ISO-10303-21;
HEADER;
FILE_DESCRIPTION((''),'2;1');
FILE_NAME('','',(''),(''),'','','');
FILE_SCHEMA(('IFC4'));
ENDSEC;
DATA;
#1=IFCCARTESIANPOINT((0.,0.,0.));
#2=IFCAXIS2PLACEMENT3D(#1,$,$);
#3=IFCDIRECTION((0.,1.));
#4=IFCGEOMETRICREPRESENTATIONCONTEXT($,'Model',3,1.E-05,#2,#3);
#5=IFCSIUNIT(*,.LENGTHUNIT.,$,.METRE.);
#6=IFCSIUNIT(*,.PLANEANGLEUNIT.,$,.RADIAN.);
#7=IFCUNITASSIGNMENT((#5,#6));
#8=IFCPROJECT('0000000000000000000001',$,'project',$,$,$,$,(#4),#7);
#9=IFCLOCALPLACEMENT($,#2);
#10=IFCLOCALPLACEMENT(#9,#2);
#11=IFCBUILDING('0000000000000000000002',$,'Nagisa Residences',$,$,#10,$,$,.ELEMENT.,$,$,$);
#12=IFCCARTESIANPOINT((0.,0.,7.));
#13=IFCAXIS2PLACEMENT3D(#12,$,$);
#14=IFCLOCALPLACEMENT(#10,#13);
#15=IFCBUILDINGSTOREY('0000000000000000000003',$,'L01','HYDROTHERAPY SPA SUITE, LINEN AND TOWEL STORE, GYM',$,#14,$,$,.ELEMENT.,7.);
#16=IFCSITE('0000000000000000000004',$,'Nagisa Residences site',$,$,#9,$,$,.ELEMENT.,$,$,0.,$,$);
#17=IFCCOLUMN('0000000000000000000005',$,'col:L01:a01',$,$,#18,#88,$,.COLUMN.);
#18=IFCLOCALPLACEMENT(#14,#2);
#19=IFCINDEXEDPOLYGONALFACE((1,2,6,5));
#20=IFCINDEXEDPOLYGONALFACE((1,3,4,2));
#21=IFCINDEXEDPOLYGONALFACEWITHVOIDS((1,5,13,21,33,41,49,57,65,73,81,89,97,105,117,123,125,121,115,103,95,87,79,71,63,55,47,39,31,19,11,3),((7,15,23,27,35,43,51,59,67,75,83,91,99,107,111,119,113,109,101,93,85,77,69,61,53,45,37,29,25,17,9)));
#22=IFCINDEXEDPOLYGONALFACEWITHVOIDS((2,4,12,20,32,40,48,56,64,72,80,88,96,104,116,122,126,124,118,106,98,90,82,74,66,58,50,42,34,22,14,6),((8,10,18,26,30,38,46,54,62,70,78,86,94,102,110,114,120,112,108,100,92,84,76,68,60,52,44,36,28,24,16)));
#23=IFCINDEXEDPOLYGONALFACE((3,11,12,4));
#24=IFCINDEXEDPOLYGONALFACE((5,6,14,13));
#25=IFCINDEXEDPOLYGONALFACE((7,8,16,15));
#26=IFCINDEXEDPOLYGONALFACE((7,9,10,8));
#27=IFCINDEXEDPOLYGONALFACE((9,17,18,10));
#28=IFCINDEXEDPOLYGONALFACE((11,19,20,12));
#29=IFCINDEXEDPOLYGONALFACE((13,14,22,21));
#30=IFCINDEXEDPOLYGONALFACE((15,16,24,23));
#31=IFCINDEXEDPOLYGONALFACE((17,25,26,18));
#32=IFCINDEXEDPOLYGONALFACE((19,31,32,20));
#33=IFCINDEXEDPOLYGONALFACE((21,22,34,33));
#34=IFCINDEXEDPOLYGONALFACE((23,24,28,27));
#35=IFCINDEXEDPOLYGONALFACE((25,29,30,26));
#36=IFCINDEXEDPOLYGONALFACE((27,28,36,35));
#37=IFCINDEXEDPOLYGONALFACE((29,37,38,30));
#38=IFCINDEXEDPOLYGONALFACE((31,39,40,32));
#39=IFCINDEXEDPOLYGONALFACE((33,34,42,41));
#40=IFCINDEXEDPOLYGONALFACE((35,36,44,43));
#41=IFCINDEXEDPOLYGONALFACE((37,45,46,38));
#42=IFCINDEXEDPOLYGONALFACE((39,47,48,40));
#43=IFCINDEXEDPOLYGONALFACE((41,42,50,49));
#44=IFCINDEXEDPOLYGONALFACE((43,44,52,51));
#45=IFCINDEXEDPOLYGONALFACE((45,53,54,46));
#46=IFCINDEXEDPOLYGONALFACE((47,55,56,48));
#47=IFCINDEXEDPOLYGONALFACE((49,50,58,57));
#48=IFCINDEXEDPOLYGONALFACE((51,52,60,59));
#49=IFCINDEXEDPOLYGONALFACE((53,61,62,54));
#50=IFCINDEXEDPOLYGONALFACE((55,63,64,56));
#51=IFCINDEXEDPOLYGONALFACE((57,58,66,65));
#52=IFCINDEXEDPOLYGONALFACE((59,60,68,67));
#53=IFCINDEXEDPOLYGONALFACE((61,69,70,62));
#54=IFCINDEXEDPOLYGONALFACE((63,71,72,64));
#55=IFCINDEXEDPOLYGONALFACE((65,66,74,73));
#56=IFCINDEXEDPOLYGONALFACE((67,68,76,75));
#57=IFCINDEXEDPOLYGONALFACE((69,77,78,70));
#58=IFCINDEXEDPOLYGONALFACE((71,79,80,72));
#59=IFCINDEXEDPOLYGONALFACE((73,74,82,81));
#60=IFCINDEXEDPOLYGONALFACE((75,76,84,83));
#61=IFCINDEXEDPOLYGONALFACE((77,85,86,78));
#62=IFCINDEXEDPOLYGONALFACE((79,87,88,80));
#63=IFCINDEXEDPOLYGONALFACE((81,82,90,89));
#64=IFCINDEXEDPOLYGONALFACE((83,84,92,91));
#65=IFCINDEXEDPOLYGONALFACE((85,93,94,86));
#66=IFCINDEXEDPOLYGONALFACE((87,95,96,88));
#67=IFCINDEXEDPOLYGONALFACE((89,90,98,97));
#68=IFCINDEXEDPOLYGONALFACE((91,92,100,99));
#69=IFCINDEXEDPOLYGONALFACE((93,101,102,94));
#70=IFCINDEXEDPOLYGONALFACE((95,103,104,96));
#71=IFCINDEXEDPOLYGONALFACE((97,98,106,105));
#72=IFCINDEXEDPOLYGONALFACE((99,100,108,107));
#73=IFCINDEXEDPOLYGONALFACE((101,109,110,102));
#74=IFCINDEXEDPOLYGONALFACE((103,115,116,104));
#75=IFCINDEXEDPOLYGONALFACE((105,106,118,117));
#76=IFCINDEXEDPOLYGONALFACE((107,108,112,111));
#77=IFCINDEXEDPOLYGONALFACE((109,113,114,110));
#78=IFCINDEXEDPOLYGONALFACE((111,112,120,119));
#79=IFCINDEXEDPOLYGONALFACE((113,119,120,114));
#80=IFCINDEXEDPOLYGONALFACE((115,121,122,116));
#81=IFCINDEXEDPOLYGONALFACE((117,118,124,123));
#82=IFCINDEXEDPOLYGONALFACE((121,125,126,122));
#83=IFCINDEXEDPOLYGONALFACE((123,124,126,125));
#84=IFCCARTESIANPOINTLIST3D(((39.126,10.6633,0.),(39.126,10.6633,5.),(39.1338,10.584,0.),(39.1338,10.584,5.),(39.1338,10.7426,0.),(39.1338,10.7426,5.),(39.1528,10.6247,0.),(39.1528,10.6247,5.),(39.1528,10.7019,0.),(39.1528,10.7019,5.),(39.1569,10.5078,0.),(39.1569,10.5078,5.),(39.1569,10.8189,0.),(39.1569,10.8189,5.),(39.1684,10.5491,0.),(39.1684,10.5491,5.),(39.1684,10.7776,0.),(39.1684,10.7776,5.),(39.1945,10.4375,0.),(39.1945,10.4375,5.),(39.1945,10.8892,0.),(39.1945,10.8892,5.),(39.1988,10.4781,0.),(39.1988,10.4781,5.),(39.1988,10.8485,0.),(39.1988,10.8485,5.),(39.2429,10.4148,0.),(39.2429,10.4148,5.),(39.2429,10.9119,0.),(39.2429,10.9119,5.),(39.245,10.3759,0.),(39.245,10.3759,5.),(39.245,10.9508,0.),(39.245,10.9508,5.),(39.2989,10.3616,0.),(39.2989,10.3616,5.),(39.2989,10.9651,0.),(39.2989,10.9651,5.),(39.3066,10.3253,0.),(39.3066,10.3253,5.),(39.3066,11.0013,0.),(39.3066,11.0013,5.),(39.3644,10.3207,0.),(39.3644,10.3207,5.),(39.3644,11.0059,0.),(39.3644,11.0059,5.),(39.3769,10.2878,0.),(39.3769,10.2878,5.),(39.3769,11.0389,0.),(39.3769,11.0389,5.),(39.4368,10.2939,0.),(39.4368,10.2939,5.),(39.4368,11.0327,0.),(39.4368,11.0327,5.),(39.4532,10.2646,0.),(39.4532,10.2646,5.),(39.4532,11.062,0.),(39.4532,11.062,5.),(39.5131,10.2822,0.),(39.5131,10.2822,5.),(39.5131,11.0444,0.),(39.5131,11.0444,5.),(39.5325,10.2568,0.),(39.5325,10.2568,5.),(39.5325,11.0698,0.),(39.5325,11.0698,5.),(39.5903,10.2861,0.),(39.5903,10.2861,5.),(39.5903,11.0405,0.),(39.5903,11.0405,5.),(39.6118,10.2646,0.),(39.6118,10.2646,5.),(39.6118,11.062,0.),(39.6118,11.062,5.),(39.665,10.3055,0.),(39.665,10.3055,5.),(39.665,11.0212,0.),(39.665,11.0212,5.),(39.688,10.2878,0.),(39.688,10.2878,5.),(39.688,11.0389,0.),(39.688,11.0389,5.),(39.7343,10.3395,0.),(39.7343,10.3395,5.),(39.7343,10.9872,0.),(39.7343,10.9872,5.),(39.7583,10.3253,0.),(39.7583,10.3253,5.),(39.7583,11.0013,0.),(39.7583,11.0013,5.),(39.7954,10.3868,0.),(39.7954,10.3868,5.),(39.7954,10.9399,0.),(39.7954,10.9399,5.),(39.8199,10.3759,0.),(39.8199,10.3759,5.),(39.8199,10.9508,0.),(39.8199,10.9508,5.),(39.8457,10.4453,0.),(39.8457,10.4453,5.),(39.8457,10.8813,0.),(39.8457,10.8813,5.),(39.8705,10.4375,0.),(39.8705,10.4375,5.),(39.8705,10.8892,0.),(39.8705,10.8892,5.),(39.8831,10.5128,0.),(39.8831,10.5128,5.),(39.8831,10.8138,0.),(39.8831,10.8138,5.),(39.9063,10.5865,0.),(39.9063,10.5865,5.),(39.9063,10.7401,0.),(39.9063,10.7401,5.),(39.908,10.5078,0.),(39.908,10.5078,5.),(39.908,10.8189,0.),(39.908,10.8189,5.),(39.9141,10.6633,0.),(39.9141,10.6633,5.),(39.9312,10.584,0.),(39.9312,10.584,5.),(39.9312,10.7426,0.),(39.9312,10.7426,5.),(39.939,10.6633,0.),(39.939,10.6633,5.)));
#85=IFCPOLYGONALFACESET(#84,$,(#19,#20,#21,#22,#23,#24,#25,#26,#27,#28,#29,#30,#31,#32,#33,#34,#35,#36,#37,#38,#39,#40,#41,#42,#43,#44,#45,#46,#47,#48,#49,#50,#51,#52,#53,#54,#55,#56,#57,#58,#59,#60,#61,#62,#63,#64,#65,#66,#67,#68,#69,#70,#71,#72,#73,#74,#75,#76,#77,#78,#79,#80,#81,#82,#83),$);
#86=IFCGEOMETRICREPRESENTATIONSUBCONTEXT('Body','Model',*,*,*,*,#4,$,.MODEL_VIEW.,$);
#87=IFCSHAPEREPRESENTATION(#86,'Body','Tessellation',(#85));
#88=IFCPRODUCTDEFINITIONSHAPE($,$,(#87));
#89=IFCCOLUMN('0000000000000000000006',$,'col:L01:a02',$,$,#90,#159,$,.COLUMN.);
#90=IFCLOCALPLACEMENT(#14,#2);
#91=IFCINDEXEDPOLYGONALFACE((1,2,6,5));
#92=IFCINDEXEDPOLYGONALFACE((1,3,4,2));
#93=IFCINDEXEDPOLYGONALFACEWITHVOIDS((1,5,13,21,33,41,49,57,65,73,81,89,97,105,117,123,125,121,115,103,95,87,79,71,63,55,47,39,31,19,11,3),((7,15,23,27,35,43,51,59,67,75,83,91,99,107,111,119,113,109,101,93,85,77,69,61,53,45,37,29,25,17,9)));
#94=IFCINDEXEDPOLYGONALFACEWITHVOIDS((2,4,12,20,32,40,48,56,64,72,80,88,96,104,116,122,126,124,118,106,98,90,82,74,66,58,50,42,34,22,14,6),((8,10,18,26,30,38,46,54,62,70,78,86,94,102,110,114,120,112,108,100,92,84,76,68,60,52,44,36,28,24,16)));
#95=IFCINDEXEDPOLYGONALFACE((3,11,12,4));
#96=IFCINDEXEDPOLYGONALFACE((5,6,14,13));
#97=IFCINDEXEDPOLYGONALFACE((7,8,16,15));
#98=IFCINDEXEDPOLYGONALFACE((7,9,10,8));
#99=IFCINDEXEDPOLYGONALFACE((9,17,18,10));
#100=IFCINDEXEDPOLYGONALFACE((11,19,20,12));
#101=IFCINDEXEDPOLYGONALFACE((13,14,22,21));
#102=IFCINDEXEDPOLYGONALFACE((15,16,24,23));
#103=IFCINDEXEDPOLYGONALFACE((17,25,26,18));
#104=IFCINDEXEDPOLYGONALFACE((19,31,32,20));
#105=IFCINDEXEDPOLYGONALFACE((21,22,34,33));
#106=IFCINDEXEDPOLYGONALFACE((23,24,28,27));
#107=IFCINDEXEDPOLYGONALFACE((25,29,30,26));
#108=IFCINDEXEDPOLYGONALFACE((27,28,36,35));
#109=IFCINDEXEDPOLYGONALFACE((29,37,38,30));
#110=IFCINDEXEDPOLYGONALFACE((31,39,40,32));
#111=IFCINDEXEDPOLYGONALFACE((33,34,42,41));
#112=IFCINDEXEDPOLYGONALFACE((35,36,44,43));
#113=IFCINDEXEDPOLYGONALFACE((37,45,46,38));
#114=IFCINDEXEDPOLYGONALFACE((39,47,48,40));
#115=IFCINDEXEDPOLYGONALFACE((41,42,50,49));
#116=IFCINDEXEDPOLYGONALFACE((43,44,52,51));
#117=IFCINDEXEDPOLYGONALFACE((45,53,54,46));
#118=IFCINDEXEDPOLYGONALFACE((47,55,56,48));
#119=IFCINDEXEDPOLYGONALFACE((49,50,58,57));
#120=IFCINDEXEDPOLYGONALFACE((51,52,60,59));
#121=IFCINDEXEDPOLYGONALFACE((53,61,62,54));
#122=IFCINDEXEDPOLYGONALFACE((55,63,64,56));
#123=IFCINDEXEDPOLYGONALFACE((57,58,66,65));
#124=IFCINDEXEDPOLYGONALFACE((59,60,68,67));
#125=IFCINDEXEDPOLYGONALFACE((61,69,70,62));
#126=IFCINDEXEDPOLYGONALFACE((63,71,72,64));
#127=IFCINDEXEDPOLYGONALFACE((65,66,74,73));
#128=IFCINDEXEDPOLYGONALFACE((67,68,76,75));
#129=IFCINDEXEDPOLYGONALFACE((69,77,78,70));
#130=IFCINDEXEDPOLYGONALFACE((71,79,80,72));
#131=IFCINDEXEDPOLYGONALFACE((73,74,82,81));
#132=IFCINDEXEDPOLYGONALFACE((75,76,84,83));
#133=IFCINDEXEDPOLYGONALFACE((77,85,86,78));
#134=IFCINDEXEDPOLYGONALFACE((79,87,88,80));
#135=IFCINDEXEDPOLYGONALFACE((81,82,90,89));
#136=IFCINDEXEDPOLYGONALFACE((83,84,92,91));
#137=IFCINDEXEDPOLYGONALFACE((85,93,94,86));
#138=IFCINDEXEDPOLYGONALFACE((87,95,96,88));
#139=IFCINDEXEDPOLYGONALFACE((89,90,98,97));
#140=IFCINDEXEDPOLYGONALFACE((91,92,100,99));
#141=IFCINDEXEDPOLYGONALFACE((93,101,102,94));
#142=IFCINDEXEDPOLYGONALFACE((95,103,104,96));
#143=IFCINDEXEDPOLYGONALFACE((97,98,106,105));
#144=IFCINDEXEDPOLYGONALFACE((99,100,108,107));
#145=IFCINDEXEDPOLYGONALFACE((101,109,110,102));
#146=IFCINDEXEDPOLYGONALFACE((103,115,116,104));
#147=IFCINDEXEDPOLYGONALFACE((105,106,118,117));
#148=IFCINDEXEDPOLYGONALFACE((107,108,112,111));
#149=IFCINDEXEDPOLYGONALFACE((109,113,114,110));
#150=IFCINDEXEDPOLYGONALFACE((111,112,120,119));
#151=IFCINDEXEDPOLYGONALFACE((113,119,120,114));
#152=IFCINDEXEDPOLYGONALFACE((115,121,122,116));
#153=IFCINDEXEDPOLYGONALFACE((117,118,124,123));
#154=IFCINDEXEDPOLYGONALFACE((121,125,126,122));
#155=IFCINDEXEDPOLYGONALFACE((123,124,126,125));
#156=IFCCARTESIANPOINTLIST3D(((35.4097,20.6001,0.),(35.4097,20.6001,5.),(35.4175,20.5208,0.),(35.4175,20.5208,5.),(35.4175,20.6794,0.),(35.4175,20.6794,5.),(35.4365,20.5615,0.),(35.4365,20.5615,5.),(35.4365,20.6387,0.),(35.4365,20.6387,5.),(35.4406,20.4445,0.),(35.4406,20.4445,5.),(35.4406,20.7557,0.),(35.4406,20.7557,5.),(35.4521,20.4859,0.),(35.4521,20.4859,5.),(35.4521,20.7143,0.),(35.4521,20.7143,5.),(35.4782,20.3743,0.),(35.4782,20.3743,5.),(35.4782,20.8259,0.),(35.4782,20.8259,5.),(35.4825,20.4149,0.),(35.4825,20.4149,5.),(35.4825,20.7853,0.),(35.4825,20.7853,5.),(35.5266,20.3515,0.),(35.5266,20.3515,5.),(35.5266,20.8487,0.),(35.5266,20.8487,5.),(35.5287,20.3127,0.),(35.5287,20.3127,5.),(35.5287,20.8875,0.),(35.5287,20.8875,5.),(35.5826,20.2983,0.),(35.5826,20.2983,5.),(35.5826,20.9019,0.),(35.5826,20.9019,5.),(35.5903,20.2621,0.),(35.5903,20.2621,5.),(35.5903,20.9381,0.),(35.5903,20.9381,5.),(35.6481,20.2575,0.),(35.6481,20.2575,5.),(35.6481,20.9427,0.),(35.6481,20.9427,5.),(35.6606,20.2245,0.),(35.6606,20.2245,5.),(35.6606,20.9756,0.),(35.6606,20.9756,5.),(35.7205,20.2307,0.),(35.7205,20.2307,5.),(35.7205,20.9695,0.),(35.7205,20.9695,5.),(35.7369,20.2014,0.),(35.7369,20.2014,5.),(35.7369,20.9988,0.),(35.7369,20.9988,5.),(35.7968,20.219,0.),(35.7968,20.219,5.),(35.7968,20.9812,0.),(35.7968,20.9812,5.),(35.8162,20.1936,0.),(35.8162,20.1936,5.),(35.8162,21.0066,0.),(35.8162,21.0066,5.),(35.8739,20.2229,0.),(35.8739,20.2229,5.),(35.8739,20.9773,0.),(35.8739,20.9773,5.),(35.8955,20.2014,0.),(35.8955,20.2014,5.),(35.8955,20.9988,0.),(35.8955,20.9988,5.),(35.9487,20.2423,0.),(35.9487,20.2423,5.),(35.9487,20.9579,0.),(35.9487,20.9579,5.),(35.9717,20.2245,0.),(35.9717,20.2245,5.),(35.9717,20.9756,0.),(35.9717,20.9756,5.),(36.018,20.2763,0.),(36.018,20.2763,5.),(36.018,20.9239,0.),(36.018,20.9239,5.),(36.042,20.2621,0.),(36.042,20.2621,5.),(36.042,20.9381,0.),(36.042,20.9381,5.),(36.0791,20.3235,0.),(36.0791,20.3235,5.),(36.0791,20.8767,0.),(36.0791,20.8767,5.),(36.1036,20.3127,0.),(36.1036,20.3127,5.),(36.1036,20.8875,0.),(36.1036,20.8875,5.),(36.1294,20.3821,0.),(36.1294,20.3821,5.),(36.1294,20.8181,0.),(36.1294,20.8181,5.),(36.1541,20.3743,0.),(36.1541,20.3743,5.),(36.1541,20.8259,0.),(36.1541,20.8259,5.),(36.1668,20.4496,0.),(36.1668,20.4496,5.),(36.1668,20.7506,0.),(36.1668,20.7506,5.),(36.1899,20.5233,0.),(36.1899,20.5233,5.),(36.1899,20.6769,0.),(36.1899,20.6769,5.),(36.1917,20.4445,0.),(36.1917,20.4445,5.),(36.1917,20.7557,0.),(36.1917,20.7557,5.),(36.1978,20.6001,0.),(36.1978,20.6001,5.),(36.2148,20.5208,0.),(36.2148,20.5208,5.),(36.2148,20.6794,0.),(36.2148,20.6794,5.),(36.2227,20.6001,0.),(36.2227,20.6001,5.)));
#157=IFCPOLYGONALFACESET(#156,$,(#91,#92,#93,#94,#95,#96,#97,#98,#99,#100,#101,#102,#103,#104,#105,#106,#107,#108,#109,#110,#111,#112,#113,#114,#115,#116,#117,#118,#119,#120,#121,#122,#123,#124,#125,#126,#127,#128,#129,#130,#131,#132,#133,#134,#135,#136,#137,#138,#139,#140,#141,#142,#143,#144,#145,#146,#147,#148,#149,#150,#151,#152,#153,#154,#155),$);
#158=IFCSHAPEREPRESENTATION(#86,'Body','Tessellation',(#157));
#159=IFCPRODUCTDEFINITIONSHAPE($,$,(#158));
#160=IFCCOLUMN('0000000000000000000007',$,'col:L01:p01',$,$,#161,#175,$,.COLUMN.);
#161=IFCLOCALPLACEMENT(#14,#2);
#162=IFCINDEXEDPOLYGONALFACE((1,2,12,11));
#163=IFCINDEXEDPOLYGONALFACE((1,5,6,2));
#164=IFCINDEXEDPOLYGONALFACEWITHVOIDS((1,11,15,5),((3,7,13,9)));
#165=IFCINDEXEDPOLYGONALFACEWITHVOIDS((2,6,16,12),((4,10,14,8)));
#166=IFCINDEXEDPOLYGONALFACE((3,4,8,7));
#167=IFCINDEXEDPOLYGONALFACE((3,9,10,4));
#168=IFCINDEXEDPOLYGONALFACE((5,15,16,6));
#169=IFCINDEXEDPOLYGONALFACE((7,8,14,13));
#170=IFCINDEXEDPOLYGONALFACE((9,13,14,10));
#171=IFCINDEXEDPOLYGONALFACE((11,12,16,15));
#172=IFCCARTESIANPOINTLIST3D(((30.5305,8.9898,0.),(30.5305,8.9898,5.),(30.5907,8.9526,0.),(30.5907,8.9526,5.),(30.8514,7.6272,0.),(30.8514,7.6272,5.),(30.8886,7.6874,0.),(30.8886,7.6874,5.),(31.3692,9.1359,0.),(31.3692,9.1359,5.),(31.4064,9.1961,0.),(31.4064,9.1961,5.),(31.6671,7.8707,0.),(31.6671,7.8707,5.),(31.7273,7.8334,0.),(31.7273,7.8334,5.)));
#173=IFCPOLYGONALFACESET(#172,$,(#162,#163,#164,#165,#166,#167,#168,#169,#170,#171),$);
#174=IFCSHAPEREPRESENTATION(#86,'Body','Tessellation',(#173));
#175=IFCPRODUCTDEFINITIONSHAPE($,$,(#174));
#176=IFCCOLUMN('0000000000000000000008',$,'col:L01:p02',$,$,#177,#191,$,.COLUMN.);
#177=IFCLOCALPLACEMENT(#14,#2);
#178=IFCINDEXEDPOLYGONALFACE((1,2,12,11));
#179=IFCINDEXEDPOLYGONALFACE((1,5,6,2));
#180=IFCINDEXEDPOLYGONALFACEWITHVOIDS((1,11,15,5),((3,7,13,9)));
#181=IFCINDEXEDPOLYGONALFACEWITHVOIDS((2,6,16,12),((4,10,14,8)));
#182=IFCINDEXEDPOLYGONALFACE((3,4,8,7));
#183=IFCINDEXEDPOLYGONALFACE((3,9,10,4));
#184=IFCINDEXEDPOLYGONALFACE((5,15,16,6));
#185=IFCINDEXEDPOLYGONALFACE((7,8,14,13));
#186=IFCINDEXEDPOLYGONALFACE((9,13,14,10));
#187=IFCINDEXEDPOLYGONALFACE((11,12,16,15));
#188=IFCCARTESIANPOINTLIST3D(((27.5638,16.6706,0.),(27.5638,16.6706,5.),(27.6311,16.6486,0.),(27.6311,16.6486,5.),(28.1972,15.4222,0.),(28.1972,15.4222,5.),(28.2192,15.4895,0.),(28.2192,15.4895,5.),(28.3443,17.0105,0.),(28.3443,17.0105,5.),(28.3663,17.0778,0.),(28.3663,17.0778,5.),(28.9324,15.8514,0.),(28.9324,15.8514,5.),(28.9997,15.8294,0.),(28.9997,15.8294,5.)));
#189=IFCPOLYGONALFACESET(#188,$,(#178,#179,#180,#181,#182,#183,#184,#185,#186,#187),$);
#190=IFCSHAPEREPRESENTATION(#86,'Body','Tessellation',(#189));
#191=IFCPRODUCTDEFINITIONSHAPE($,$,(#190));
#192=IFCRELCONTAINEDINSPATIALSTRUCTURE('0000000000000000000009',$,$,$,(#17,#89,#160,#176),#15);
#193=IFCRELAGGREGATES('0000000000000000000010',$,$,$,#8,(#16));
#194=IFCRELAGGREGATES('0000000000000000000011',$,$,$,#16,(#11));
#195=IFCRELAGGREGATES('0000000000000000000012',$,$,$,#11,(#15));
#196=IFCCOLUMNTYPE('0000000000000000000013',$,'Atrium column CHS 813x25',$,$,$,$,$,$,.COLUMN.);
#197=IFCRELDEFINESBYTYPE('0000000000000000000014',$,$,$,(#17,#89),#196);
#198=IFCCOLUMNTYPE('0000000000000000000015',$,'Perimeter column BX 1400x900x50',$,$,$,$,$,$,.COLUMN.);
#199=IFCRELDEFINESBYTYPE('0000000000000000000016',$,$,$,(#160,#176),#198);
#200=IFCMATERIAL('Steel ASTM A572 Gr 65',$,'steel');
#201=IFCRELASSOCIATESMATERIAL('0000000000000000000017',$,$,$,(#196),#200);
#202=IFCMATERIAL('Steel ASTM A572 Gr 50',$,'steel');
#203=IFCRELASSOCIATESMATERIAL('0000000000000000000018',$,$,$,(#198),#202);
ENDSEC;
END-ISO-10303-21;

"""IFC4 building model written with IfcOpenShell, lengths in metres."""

from ifc_helpers import new_model, si_unit, direction, frame, origin, origin_2d, place, context, subcontext, project, spatial, hollow_rectangle, hollow_circle, extrude, material, material_profile, profile_set, type_object, element, save


model = new_model("IFC4")

# Units and contexts
model_context = context("Model", 3, precision=1e-05, world=origin(), true_north=direction((0.0, 1.0)))
body_context = subcontext(model_context, "Body", "Model", "MODEL_VIEW")
ifc_project = project(units=[si_unit("LENGTHUNIT", "METRE"), si_unit("PLANEANGLEUNIT", "RADIAN")], contexts=[model_context])

# Site, building, storey
site_placement = place(None, origin())
site = spatial("IfcSite", under=ifc_project, at=site_placement, Name="Nagisa Residences site", CompositionType="ELEMENT", RefElevation=0.0)
building_placement = place(site_placement, origin())
building = spatial("IfcBuilding", under=site, at=building_placement, Name="Nagisa Residences", CompositionType="ELEMENT")
storey_placement = place(building_placement, frame((0.0, 0.0, 7.0)))
storey = spatial("IfcBuildingStorey", under=building, at=storey_placement, Name="L01", Description="HYDROTHERAPY SPA SUITE, LINEN AND TOWEL STORE, GYM", CompositionType="ELEMENT", Elevation=7.0)

# Columns
ifc_material_1 = material(Name="Steel ASTM A572 Gr 65", Category="steel")
ifc_material_profile_1 = material_profile(ifc_material_1, hollow_circle(Radius=0.4065, WallThickness=0.0249, at=origin_2d()), Name="CHS 813x25")
ifc_profile_set_1 = profile_set([ifc_material_profile_1], Name="Steel ASTM A572 Gr 65")
column_type_1 = type_object("IfcColumnType", Name="Atrium column CHS 813x25", PredefinedType="COLUMN", material=ifc_profile_set_1)
for number, where, z_axis, x_axis, name in (
    (1, (39.5325, 10.6633, 0.0), (0.0, 0.0, 1.0), (1.0, 0.0, 0.0), "col:L01:a01"),
    (2, (35.8162, 20.6001, 0.0), (0.0, 0.0, 1.0), (1.0, 0.0, 0.0), "col:L01:a02"),
):
    element("IfcColumn", number, at=place(storey_placement, frame(where, z_axis=z_axis, x_axis=x_axis)), inside=storey, type_object=column_type_1, Name=name, PredefinedType="COLUMN", context=body_context, shape_type="SweptSolid", body=[
        extrude(hollow_circle(Radius=0.4065, WallThickness=0.0249, at=origin_2d()), origin(), (0.0, 0.0, 1.0), 5.0),
    ])
ifc_material_2 = material(Name="Steel ASTM A572 Gr 50", Category="steel")
ifc_material_profile_2 = material_profile(ifc_material_2, hollow_rectangle(XDim=1.3999, YDim=0.8999, WallThickness=0.05, at=origin_2d()), Name="BX 1400x900x50")
ifc_profile_set_2 = profile_set([ifc_material_profile_2], Name="Steel ASTM A572 Gr 50")
column_type_2 = type_object("IfcColumnType", Name="Perimeter column BX 1400x900x50", PredefinedType="COLUMN", material=ifc_profile_set_2)
for number, where, z_axis, x_axis, name in (
    (3, (31.1289, 8.4116, 0.0), (0.0, 0.0, 1.0), (-0.229202, 0.973379, 0.0), "col:L01:p01"),
    (4, (28.2817, 16.25, 0.0), (0.0, 0.0, 1.0), (-0.452463, 0.891783, 0.0), "col:L01:p02"),
):
    element("IfcColumn", number, at=place(storey_placement, frame(where, z_axis=z_axis, x_axis=x_axis)), inside=storey, type_object=column_type_2, Name=name, PredefinedType="COLUMN", context=body_context, shape_type="SweptSolid", body=[
        extrude(hollow_rectangle(XDim=1.3999, YDim=0.8999, WallThickness=0.05, at=origin_2d()), origin(), (0.0, 0.0, 1.0), 5.0),
    ])

save(model, "model.ifc")
